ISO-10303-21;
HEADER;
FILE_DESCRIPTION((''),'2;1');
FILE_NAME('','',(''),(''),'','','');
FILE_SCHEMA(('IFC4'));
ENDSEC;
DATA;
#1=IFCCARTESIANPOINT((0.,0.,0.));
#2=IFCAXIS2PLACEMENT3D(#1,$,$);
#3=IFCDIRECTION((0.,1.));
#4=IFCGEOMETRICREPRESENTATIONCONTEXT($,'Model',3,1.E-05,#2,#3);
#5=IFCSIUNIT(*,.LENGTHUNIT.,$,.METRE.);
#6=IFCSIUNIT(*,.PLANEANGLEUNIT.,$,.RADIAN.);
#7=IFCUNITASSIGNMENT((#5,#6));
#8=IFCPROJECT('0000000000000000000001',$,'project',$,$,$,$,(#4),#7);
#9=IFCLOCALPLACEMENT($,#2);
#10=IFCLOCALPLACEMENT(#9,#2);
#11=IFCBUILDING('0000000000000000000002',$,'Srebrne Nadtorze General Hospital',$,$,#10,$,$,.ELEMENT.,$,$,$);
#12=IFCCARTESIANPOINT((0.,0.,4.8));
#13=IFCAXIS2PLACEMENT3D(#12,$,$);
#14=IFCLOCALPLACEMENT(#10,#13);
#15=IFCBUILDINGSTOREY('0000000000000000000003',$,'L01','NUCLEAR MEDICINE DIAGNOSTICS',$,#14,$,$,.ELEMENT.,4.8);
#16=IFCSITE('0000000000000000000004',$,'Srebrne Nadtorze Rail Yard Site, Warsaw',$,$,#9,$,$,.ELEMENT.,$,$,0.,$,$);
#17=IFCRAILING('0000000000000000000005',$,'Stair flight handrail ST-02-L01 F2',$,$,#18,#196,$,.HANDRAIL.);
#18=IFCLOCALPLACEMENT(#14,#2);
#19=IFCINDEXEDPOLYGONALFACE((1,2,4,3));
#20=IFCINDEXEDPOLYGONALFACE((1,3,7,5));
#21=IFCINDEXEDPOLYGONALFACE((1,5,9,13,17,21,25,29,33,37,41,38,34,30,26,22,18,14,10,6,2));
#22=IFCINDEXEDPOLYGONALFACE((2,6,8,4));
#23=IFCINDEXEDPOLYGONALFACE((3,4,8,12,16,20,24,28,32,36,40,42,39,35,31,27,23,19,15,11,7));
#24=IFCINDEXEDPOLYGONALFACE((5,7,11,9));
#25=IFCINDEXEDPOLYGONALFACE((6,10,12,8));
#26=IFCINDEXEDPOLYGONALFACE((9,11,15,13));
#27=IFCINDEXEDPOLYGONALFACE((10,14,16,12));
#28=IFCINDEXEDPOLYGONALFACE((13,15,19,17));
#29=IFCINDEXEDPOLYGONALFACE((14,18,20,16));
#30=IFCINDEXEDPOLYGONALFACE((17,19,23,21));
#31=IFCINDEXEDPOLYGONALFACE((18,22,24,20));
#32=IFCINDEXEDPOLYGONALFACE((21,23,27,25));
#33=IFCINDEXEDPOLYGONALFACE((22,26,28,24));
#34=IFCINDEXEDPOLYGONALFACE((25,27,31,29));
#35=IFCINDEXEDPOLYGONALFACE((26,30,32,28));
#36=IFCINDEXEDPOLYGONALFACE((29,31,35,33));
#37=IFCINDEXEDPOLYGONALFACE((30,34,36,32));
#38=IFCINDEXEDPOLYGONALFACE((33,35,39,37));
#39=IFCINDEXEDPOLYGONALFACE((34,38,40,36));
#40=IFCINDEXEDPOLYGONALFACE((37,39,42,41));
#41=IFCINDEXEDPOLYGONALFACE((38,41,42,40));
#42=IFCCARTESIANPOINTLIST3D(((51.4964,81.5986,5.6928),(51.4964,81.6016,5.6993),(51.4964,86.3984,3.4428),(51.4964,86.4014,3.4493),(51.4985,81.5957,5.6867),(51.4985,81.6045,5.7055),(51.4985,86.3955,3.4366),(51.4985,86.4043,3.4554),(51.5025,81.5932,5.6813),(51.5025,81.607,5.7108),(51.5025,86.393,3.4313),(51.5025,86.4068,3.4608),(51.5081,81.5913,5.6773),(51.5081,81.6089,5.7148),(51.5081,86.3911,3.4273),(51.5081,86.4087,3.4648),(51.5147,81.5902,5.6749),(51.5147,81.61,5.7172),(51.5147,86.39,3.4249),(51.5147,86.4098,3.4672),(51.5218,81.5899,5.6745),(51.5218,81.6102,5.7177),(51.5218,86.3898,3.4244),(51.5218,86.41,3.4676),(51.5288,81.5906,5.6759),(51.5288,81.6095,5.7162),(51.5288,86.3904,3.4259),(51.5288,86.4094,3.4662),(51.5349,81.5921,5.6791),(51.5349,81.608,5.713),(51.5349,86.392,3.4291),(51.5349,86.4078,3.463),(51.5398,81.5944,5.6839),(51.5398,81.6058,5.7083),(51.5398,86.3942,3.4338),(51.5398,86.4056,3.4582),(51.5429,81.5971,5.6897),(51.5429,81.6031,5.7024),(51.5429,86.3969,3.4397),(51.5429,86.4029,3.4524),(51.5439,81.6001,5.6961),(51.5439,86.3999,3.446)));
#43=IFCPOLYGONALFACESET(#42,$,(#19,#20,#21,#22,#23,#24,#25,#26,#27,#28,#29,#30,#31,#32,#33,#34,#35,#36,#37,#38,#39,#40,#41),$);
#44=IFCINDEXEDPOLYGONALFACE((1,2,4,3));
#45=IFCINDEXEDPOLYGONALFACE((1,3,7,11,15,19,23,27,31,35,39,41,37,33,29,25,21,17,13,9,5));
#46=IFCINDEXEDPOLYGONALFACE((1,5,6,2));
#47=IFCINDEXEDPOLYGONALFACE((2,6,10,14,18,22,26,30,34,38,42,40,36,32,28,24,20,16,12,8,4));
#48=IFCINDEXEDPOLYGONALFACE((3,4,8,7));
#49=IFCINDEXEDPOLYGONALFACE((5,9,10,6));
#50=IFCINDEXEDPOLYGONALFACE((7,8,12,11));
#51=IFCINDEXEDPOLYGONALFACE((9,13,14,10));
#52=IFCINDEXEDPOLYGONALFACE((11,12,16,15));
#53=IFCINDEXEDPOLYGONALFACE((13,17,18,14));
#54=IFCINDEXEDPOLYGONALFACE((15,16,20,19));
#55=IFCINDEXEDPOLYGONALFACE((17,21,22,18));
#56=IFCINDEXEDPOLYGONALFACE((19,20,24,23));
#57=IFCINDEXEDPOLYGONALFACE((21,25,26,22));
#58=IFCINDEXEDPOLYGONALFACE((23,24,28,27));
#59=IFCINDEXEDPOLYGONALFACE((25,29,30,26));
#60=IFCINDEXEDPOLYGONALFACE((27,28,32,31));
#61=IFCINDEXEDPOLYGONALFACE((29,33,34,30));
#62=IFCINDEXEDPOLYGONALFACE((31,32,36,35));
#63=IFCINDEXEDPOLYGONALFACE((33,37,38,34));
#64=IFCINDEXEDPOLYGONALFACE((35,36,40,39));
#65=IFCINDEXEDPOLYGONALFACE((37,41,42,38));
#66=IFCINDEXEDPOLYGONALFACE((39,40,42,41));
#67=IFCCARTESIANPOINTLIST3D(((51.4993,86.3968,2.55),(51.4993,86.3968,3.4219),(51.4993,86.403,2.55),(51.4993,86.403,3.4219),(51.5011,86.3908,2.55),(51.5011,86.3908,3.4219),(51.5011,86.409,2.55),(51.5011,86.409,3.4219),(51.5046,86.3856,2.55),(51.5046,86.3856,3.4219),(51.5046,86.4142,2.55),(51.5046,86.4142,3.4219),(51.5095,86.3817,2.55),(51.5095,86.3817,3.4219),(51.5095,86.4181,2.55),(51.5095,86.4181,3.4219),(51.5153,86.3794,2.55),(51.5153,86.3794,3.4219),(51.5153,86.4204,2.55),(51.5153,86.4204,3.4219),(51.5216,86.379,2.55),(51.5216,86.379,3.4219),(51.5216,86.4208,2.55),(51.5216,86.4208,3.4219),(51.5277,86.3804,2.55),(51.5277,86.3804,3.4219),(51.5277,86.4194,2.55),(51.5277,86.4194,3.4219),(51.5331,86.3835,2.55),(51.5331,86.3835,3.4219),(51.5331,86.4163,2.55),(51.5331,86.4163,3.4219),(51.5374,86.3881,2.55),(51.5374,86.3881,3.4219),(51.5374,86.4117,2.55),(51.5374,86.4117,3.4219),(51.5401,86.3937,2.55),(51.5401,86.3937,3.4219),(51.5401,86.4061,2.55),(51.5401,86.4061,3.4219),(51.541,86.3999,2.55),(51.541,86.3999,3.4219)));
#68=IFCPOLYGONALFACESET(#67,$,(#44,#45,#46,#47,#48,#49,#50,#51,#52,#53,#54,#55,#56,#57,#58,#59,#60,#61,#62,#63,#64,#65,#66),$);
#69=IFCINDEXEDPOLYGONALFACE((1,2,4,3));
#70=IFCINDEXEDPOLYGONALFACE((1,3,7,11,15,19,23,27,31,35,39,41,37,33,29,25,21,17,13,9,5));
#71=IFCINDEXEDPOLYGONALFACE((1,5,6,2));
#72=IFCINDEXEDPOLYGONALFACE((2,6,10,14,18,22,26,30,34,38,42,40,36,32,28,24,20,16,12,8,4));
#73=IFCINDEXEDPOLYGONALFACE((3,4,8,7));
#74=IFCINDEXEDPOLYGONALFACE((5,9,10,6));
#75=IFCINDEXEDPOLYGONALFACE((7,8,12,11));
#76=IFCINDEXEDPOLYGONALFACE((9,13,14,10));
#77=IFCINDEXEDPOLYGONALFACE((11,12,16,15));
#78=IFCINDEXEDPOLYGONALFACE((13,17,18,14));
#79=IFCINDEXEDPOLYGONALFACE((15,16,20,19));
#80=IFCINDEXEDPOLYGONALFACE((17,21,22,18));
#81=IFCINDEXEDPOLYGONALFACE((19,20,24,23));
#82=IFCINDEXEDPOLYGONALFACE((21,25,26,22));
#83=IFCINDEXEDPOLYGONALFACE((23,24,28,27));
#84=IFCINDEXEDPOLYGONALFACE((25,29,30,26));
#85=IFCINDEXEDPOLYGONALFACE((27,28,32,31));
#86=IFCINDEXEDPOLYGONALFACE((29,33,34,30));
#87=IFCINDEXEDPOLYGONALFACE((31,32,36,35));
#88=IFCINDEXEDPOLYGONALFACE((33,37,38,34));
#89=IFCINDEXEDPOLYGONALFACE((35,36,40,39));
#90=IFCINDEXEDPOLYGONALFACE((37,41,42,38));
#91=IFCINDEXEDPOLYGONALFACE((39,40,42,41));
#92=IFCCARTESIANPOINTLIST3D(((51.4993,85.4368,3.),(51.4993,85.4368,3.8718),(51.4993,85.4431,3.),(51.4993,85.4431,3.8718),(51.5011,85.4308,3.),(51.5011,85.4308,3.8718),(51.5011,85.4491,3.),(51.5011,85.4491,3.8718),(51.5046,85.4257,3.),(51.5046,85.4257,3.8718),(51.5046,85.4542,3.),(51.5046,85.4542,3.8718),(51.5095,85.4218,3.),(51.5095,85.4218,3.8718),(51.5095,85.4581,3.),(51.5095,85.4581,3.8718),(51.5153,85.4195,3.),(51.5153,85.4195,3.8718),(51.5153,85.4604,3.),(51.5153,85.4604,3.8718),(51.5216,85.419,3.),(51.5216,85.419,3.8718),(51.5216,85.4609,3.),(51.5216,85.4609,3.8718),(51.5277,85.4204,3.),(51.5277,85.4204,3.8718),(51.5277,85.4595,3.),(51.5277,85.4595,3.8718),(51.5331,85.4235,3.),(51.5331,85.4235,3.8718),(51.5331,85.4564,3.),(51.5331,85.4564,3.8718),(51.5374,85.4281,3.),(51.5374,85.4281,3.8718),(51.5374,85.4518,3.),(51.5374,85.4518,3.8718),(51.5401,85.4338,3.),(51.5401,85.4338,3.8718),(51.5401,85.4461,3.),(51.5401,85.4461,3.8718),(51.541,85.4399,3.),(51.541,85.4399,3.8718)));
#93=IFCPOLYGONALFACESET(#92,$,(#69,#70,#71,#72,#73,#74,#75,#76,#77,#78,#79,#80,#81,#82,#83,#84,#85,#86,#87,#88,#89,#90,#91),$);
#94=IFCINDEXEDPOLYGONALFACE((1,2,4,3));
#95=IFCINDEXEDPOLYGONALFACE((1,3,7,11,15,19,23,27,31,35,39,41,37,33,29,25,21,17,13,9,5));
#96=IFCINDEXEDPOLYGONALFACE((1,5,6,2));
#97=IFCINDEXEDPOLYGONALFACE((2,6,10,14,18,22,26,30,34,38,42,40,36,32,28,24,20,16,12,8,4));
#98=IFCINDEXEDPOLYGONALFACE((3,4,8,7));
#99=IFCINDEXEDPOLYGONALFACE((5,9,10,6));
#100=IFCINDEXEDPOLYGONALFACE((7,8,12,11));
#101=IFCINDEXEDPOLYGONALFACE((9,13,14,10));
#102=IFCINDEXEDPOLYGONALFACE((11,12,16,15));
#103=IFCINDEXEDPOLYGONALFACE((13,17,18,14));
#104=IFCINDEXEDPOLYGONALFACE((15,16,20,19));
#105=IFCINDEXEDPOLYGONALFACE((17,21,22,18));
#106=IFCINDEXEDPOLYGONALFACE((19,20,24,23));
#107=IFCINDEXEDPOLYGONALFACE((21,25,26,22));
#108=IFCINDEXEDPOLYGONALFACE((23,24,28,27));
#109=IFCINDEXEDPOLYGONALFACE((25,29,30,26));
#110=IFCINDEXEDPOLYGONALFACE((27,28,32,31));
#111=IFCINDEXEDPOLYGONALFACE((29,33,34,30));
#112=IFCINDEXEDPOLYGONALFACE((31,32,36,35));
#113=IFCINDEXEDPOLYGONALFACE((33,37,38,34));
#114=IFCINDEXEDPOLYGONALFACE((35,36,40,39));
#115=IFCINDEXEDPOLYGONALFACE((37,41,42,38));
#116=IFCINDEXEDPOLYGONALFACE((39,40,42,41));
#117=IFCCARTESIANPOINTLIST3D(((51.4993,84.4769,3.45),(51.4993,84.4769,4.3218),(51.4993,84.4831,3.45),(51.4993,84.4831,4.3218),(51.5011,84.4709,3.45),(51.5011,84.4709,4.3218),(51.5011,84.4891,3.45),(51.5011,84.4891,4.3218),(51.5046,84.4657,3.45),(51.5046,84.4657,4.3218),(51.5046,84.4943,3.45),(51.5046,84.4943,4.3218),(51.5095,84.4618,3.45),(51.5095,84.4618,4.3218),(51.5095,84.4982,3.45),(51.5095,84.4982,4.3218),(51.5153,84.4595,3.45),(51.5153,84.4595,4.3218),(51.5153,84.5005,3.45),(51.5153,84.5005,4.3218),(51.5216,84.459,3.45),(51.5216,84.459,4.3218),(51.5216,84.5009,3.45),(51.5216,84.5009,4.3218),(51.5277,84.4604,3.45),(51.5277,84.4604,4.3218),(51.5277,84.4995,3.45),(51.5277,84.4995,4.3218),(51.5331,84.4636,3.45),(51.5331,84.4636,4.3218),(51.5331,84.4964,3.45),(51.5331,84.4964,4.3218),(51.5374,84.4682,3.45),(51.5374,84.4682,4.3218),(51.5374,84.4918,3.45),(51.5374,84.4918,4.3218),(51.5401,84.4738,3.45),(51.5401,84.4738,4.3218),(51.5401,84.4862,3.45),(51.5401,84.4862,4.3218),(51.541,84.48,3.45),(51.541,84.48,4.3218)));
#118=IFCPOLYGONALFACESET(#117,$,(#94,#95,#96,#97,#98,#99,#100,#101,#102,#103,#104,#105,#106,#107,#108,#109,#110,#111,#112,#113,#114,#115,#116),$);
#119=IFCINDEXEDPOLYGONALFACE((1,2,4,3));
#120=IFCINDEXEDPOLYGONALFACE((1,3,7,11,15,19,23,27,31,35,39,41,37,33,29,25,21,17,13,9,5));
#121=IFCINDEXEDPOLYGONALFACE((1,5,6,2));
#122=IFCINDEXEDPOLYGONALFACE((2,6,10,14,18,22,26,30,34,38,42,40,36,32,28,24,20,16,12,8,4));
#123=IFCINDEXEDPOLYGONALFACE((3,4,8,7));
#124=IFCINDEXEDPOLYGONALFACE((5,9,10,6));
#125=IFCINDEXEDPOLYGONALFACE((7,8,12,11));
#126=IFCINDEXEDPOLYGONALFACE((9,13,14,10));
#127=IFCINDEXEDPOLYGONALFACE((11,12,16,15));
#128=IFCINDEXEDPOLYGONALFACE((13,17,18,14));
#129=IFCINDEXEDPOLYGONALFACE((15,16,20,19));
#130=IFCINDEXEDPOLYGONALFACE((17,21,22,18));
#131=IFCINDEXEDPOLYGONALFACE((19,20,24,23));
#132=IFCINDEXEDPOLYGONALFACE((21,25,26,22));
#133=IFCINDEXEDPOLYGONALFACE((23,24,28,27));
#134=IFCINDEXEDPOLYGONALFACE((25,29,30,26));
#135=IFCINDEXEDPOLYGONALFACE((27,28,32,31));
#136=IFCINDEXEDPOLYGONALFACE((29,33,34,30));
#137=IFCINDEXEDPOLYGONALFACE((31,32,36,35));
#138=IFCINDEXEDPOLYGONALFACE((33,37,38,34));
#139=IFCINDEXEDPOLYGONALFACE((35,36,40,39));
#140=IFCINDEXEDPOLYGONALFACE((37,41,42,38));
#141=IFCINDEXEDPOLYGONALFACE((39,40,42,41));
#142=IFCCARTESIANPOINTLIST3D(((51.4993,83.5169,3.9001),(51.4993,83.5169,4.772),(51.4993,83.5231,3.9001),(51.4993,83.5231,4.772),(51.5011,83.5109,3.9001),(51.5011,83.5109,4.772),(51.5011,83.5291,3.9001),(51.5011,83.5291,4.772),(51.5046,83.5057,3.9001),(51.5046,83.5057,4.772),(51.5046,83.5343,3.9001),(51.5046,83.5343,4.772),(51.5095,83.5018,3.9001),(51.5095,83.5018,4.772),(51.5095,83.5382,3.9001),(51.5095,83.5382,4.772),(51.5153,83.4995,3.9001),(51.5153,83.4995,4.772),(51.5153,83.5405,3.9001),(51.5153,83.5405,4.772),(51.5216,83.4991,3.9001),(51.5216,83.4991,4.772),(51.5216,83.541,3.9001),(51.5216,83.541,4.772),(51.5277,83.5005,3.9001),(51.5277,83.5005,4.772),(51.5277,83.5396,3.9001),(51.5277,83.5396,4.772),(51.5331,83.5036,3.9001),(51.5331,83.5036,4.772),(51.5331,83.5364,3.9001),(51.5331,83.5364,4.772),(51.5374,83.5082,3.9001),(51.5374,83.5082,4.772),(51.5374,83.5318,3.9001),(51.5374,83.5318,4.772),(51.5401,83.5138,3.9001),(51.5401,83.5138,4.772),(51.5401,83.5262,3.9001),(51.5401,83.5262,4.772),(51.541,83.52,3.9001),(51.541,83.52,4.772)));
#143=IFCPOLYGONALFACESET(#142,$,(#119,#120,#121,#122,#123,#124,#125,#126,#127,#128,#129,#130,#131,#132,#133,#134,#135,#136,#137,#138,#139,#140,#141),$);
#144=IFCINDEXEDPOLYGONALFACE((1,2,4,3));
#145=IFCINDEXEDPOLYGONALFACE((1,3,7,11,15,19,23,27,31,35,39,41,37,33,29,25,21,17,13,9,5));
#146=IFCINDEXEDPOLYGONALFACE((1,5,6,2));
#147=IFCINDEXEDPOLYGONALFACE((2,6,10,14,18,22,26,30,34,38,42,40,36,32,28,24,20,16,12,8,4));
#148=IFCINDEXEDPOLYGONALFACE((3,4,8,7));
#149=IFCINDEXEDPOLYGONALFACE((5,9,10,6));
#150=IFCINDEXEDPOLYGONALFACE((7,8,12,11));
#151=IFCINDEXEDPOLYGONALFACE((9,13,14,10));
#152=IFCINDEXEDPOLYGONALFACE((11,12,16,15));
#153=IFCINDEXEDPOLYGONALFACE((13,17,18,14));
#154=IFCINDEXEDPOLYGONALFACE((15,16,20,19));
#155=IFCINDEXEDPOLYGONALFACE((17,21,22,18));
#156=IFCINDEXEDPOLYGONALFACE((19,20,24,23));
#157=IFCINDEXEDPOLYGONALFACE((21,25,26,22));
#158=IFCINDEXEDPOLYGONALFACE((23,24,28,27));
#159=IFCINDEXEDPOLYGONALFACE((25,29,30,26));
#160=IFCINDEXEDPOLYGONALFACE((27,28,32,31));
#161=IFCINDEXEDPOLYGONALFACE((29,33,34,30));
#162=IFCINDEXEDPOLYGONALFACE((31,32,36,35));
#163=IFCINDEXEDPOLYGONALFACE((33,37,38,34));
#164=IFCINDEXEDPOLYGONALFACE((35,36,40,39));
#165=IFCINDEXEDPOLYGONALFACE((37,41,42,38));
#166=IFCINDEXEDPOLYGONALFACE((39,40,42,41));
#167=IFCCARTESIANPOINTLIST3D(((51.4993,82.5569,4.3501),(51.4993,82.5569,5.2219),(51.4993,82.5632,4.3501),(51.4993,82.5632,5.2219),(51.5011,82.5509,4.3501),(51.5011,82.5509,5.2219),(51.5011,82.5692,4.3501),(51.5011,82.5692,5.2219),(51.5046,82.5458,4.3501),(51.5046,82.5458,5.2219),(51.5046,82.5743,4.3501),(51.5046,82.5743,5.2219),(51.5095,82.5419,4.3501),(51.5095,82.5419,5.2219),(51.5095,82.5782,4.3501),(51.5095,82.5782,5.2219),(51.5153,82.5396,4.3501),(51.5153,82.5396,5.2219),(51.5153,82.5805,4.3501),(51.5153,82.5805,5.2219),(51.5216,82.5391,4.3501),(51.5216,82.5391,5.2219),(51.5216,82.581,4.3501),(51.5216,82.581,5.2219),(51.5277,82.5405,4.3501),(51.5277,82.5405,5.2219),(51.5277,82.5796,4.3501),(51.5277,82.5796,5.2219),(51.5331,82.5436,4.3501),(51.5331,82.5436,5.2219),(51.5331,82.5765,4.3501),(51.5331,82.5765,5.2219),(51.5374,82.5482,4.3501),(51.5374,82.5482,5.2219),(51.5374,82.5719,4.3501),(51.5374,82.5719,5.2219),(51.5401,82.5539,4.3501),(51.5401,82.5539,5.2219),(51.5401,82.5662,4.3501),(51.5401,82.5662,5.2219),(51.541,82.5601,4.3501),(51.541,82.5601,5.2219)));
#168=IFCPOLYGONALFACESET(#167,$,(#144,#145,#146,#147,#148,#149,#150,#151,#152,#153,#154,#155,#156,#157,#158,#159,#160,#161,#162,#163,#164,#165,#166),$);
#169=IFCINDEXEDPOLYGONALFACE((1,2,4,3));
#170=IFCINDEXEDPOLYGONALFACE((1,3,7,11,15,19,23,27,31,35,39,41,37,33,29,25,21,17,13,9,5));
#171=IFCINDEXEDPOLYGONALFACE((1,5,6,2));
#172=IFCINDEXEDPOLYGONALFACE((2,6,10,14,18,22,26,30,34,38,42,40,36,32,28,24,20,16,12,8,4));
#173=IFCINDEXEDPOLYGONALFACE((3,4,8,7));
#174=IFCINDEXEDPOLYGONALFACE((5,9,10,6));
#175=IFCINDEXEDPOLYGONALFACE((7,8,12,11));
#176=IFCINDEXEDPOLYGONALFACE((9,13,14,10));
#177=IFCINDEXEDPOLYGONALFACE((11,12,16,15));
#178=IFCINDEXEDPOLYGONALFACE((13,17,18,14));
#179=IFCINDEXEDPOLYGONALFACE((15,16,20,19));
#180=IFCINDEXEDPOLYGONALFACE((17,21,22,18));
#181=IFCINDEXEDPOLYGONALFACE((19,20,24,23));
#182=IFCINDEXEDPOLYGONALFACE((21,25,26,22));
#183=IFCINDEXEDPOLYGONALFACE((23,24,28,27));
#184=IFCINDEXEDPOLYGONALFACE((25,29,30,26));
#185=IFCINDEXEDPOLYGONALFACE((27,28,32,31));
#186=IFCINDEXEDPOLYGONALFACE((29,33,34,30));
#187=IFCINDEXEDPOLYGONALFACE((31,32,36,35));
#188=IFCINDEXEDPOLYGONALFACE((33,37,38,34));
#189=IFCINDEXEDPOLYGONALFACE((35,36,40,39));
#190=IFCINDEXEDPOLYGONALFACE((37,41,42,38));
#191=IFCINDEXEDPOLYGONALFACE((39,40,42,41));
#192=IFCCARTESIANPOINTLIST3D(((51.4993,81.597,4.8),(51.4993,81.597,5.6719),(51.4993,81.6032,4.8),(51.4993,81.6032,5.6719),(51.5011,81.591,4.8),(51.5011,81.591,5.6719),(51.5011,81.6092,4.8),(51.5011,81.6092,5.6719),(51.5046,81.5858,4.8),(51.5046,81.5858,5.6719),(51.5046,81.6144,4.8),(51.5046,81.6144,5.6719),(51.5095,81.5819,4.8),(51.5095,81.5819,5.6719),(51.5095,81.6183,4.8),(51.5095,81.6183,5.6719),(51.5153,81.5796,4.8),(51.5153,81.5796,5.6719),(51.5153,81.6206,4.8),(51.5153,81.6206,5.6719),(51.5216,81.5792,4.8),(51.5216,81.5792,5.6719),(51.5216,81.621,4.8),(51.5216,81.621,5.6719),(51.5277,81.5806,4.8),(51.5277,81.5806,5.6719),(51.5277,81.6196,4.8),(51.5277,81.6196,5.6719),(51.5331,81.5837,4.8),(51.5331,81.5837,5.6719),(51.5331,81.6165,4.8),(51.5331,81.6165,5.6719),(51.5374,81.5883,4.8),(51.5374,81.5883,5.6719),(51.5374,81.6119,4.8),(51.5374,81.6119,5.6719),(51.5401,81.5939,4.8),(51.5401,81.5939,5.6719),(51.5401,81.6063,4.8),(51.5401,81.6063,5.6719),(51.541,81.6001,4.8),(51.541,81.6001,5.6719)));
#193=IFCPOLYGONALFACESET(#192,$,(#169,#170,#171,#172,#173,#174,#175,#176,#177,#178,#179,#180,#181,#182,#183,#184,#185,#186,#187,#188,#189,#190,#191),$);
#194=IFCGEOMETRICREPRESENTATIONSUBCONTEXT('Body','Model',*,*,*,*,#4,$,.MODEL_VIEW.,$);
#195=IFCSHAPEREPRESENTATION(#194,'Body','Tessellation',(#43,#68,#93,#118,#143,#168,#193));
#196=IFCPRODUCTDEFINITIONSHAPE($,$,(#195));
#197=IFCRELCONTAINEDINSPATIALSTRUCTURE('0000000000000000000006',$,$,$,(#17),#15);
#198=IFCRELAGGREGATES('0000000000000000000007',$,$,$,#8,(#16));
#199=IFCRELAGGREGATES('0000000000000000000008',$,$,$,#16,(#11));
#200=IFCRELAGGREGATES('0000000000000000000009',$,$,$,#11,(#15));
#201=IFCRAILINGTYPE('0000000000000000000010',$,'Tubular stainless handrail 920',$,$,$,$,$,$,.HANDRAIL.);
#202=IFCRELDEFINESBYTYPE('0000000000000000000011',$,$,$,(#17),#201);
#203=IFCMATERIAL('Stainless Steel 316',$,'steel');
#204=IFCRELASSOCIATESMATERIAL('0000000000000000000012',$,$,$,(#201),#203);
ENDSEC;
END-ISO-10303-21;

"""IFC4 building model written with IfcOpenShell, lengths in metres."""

from ifc_helpers import new_model, si_unit, direction, frame, origin, origin_2d, place, context, subcontext, project, spatial, circle, extrude, material, type_object, element, save


model = new_model("IFC4")

# Units and contexts
model_context = context("Model", 3, precision=1e-05, world=origin(), true_north=direction((0.0, 1.0)))
body_context = subcontext(model_context, "Body", "Model", "MODEL_VIEW")
ifc_project = project(units=[si_unit("LENGTHUNIT", "METRE"), si_unit("PLANEANGLEUNIT", "RADIAN")], contexts=[model_context])

# Site, building, storey
site_placement = place(None, origin())
site = spatial("IfcSite", under=ifc_project, at=site_placement, Name="Srebrne Nadtorze Rail Yard Site, Warsaw", CompositionType="ELEMENT", RefElevation=0.0)
building_placement = place(site_placement, origin())
building = spatial("IfcBuilding", under=site, at=building_placement, Name="Srebrne Nadtorze General Hospital", CompositionType="ELEMENT")
storey_placement = place(building_placement, frame((0.0, 0.0, 4.8)))
storey = spatial("IfcBuildingStorey", under=building, at=storey_placement, Name="L01", Description="NUCLEAR MEDICINE DIAGNOSTICS", CompositionType="ELEMENT", Elevation=4.8)

# Railing
ifc_material_1 = material(Name="Stainless Steel 316", Category="steel")
railing_type_1 = type_object("IfcRailingType", Name="Tubular stainless handrail 920", PredefinedType="HANDRAIL", material=ifc_material_1)
railing_1_placement = place(storey_placement, frame((51.52, 86.3999, 2.55)))
element("IfcRailing", 1, at=railing_1_placement, inside=storey, type_object=railing_type_1, Name="Stair flight handrail ST-02-L01 F2", PredefinedType="HANDRAIL", context=body_context, shape_type="SweptSolid", body=[
    extrude(circle(Radius=0.0239, at=origin_2d()), frame((0.0, 0.0, 0.896), z_axis=(0.0, -0.905452, 0.424448), x_axis=(1.0, 0.0, 0.0)), (0.0, 0.0, 1.0), 5.301),
    extrude(circle(Radius=0.021, at=origin_2d()), origin(), (0.0, 0.0, 1.0), 0.8718),
    extrude(circle(Radius=0.021, at=origin_2d()), frame((0.0, -0.96, 0.45)), (0.0, 0.0, 1.0), 0.8718),
    extrude(circle(Radius=0.021, at=origin_2d()), frame((0.0, -1.9199, 0.8999)), (0.0, 0.0, 1.0), 0.8718),
    extrude(circle(Radius=0.021, at=origin_2d()), frame((0.0, -2.8799, 1.3501)), (0.0, 0.0, 1.0), 0.8718),
    extrude(circle(Radius=0.021, at=origin_2d()), frame((0.0, -3.8398, 1.8)), (0.0, 0.0, 1.0), 0.8718),
    extrude(circle(Radius=0.021, at=origin_2d()), frame((0.0, -4.7998, 2.25)), (0.0, 0.0, 1.0), 0.8718),
])

save(model, "model.ifc")
